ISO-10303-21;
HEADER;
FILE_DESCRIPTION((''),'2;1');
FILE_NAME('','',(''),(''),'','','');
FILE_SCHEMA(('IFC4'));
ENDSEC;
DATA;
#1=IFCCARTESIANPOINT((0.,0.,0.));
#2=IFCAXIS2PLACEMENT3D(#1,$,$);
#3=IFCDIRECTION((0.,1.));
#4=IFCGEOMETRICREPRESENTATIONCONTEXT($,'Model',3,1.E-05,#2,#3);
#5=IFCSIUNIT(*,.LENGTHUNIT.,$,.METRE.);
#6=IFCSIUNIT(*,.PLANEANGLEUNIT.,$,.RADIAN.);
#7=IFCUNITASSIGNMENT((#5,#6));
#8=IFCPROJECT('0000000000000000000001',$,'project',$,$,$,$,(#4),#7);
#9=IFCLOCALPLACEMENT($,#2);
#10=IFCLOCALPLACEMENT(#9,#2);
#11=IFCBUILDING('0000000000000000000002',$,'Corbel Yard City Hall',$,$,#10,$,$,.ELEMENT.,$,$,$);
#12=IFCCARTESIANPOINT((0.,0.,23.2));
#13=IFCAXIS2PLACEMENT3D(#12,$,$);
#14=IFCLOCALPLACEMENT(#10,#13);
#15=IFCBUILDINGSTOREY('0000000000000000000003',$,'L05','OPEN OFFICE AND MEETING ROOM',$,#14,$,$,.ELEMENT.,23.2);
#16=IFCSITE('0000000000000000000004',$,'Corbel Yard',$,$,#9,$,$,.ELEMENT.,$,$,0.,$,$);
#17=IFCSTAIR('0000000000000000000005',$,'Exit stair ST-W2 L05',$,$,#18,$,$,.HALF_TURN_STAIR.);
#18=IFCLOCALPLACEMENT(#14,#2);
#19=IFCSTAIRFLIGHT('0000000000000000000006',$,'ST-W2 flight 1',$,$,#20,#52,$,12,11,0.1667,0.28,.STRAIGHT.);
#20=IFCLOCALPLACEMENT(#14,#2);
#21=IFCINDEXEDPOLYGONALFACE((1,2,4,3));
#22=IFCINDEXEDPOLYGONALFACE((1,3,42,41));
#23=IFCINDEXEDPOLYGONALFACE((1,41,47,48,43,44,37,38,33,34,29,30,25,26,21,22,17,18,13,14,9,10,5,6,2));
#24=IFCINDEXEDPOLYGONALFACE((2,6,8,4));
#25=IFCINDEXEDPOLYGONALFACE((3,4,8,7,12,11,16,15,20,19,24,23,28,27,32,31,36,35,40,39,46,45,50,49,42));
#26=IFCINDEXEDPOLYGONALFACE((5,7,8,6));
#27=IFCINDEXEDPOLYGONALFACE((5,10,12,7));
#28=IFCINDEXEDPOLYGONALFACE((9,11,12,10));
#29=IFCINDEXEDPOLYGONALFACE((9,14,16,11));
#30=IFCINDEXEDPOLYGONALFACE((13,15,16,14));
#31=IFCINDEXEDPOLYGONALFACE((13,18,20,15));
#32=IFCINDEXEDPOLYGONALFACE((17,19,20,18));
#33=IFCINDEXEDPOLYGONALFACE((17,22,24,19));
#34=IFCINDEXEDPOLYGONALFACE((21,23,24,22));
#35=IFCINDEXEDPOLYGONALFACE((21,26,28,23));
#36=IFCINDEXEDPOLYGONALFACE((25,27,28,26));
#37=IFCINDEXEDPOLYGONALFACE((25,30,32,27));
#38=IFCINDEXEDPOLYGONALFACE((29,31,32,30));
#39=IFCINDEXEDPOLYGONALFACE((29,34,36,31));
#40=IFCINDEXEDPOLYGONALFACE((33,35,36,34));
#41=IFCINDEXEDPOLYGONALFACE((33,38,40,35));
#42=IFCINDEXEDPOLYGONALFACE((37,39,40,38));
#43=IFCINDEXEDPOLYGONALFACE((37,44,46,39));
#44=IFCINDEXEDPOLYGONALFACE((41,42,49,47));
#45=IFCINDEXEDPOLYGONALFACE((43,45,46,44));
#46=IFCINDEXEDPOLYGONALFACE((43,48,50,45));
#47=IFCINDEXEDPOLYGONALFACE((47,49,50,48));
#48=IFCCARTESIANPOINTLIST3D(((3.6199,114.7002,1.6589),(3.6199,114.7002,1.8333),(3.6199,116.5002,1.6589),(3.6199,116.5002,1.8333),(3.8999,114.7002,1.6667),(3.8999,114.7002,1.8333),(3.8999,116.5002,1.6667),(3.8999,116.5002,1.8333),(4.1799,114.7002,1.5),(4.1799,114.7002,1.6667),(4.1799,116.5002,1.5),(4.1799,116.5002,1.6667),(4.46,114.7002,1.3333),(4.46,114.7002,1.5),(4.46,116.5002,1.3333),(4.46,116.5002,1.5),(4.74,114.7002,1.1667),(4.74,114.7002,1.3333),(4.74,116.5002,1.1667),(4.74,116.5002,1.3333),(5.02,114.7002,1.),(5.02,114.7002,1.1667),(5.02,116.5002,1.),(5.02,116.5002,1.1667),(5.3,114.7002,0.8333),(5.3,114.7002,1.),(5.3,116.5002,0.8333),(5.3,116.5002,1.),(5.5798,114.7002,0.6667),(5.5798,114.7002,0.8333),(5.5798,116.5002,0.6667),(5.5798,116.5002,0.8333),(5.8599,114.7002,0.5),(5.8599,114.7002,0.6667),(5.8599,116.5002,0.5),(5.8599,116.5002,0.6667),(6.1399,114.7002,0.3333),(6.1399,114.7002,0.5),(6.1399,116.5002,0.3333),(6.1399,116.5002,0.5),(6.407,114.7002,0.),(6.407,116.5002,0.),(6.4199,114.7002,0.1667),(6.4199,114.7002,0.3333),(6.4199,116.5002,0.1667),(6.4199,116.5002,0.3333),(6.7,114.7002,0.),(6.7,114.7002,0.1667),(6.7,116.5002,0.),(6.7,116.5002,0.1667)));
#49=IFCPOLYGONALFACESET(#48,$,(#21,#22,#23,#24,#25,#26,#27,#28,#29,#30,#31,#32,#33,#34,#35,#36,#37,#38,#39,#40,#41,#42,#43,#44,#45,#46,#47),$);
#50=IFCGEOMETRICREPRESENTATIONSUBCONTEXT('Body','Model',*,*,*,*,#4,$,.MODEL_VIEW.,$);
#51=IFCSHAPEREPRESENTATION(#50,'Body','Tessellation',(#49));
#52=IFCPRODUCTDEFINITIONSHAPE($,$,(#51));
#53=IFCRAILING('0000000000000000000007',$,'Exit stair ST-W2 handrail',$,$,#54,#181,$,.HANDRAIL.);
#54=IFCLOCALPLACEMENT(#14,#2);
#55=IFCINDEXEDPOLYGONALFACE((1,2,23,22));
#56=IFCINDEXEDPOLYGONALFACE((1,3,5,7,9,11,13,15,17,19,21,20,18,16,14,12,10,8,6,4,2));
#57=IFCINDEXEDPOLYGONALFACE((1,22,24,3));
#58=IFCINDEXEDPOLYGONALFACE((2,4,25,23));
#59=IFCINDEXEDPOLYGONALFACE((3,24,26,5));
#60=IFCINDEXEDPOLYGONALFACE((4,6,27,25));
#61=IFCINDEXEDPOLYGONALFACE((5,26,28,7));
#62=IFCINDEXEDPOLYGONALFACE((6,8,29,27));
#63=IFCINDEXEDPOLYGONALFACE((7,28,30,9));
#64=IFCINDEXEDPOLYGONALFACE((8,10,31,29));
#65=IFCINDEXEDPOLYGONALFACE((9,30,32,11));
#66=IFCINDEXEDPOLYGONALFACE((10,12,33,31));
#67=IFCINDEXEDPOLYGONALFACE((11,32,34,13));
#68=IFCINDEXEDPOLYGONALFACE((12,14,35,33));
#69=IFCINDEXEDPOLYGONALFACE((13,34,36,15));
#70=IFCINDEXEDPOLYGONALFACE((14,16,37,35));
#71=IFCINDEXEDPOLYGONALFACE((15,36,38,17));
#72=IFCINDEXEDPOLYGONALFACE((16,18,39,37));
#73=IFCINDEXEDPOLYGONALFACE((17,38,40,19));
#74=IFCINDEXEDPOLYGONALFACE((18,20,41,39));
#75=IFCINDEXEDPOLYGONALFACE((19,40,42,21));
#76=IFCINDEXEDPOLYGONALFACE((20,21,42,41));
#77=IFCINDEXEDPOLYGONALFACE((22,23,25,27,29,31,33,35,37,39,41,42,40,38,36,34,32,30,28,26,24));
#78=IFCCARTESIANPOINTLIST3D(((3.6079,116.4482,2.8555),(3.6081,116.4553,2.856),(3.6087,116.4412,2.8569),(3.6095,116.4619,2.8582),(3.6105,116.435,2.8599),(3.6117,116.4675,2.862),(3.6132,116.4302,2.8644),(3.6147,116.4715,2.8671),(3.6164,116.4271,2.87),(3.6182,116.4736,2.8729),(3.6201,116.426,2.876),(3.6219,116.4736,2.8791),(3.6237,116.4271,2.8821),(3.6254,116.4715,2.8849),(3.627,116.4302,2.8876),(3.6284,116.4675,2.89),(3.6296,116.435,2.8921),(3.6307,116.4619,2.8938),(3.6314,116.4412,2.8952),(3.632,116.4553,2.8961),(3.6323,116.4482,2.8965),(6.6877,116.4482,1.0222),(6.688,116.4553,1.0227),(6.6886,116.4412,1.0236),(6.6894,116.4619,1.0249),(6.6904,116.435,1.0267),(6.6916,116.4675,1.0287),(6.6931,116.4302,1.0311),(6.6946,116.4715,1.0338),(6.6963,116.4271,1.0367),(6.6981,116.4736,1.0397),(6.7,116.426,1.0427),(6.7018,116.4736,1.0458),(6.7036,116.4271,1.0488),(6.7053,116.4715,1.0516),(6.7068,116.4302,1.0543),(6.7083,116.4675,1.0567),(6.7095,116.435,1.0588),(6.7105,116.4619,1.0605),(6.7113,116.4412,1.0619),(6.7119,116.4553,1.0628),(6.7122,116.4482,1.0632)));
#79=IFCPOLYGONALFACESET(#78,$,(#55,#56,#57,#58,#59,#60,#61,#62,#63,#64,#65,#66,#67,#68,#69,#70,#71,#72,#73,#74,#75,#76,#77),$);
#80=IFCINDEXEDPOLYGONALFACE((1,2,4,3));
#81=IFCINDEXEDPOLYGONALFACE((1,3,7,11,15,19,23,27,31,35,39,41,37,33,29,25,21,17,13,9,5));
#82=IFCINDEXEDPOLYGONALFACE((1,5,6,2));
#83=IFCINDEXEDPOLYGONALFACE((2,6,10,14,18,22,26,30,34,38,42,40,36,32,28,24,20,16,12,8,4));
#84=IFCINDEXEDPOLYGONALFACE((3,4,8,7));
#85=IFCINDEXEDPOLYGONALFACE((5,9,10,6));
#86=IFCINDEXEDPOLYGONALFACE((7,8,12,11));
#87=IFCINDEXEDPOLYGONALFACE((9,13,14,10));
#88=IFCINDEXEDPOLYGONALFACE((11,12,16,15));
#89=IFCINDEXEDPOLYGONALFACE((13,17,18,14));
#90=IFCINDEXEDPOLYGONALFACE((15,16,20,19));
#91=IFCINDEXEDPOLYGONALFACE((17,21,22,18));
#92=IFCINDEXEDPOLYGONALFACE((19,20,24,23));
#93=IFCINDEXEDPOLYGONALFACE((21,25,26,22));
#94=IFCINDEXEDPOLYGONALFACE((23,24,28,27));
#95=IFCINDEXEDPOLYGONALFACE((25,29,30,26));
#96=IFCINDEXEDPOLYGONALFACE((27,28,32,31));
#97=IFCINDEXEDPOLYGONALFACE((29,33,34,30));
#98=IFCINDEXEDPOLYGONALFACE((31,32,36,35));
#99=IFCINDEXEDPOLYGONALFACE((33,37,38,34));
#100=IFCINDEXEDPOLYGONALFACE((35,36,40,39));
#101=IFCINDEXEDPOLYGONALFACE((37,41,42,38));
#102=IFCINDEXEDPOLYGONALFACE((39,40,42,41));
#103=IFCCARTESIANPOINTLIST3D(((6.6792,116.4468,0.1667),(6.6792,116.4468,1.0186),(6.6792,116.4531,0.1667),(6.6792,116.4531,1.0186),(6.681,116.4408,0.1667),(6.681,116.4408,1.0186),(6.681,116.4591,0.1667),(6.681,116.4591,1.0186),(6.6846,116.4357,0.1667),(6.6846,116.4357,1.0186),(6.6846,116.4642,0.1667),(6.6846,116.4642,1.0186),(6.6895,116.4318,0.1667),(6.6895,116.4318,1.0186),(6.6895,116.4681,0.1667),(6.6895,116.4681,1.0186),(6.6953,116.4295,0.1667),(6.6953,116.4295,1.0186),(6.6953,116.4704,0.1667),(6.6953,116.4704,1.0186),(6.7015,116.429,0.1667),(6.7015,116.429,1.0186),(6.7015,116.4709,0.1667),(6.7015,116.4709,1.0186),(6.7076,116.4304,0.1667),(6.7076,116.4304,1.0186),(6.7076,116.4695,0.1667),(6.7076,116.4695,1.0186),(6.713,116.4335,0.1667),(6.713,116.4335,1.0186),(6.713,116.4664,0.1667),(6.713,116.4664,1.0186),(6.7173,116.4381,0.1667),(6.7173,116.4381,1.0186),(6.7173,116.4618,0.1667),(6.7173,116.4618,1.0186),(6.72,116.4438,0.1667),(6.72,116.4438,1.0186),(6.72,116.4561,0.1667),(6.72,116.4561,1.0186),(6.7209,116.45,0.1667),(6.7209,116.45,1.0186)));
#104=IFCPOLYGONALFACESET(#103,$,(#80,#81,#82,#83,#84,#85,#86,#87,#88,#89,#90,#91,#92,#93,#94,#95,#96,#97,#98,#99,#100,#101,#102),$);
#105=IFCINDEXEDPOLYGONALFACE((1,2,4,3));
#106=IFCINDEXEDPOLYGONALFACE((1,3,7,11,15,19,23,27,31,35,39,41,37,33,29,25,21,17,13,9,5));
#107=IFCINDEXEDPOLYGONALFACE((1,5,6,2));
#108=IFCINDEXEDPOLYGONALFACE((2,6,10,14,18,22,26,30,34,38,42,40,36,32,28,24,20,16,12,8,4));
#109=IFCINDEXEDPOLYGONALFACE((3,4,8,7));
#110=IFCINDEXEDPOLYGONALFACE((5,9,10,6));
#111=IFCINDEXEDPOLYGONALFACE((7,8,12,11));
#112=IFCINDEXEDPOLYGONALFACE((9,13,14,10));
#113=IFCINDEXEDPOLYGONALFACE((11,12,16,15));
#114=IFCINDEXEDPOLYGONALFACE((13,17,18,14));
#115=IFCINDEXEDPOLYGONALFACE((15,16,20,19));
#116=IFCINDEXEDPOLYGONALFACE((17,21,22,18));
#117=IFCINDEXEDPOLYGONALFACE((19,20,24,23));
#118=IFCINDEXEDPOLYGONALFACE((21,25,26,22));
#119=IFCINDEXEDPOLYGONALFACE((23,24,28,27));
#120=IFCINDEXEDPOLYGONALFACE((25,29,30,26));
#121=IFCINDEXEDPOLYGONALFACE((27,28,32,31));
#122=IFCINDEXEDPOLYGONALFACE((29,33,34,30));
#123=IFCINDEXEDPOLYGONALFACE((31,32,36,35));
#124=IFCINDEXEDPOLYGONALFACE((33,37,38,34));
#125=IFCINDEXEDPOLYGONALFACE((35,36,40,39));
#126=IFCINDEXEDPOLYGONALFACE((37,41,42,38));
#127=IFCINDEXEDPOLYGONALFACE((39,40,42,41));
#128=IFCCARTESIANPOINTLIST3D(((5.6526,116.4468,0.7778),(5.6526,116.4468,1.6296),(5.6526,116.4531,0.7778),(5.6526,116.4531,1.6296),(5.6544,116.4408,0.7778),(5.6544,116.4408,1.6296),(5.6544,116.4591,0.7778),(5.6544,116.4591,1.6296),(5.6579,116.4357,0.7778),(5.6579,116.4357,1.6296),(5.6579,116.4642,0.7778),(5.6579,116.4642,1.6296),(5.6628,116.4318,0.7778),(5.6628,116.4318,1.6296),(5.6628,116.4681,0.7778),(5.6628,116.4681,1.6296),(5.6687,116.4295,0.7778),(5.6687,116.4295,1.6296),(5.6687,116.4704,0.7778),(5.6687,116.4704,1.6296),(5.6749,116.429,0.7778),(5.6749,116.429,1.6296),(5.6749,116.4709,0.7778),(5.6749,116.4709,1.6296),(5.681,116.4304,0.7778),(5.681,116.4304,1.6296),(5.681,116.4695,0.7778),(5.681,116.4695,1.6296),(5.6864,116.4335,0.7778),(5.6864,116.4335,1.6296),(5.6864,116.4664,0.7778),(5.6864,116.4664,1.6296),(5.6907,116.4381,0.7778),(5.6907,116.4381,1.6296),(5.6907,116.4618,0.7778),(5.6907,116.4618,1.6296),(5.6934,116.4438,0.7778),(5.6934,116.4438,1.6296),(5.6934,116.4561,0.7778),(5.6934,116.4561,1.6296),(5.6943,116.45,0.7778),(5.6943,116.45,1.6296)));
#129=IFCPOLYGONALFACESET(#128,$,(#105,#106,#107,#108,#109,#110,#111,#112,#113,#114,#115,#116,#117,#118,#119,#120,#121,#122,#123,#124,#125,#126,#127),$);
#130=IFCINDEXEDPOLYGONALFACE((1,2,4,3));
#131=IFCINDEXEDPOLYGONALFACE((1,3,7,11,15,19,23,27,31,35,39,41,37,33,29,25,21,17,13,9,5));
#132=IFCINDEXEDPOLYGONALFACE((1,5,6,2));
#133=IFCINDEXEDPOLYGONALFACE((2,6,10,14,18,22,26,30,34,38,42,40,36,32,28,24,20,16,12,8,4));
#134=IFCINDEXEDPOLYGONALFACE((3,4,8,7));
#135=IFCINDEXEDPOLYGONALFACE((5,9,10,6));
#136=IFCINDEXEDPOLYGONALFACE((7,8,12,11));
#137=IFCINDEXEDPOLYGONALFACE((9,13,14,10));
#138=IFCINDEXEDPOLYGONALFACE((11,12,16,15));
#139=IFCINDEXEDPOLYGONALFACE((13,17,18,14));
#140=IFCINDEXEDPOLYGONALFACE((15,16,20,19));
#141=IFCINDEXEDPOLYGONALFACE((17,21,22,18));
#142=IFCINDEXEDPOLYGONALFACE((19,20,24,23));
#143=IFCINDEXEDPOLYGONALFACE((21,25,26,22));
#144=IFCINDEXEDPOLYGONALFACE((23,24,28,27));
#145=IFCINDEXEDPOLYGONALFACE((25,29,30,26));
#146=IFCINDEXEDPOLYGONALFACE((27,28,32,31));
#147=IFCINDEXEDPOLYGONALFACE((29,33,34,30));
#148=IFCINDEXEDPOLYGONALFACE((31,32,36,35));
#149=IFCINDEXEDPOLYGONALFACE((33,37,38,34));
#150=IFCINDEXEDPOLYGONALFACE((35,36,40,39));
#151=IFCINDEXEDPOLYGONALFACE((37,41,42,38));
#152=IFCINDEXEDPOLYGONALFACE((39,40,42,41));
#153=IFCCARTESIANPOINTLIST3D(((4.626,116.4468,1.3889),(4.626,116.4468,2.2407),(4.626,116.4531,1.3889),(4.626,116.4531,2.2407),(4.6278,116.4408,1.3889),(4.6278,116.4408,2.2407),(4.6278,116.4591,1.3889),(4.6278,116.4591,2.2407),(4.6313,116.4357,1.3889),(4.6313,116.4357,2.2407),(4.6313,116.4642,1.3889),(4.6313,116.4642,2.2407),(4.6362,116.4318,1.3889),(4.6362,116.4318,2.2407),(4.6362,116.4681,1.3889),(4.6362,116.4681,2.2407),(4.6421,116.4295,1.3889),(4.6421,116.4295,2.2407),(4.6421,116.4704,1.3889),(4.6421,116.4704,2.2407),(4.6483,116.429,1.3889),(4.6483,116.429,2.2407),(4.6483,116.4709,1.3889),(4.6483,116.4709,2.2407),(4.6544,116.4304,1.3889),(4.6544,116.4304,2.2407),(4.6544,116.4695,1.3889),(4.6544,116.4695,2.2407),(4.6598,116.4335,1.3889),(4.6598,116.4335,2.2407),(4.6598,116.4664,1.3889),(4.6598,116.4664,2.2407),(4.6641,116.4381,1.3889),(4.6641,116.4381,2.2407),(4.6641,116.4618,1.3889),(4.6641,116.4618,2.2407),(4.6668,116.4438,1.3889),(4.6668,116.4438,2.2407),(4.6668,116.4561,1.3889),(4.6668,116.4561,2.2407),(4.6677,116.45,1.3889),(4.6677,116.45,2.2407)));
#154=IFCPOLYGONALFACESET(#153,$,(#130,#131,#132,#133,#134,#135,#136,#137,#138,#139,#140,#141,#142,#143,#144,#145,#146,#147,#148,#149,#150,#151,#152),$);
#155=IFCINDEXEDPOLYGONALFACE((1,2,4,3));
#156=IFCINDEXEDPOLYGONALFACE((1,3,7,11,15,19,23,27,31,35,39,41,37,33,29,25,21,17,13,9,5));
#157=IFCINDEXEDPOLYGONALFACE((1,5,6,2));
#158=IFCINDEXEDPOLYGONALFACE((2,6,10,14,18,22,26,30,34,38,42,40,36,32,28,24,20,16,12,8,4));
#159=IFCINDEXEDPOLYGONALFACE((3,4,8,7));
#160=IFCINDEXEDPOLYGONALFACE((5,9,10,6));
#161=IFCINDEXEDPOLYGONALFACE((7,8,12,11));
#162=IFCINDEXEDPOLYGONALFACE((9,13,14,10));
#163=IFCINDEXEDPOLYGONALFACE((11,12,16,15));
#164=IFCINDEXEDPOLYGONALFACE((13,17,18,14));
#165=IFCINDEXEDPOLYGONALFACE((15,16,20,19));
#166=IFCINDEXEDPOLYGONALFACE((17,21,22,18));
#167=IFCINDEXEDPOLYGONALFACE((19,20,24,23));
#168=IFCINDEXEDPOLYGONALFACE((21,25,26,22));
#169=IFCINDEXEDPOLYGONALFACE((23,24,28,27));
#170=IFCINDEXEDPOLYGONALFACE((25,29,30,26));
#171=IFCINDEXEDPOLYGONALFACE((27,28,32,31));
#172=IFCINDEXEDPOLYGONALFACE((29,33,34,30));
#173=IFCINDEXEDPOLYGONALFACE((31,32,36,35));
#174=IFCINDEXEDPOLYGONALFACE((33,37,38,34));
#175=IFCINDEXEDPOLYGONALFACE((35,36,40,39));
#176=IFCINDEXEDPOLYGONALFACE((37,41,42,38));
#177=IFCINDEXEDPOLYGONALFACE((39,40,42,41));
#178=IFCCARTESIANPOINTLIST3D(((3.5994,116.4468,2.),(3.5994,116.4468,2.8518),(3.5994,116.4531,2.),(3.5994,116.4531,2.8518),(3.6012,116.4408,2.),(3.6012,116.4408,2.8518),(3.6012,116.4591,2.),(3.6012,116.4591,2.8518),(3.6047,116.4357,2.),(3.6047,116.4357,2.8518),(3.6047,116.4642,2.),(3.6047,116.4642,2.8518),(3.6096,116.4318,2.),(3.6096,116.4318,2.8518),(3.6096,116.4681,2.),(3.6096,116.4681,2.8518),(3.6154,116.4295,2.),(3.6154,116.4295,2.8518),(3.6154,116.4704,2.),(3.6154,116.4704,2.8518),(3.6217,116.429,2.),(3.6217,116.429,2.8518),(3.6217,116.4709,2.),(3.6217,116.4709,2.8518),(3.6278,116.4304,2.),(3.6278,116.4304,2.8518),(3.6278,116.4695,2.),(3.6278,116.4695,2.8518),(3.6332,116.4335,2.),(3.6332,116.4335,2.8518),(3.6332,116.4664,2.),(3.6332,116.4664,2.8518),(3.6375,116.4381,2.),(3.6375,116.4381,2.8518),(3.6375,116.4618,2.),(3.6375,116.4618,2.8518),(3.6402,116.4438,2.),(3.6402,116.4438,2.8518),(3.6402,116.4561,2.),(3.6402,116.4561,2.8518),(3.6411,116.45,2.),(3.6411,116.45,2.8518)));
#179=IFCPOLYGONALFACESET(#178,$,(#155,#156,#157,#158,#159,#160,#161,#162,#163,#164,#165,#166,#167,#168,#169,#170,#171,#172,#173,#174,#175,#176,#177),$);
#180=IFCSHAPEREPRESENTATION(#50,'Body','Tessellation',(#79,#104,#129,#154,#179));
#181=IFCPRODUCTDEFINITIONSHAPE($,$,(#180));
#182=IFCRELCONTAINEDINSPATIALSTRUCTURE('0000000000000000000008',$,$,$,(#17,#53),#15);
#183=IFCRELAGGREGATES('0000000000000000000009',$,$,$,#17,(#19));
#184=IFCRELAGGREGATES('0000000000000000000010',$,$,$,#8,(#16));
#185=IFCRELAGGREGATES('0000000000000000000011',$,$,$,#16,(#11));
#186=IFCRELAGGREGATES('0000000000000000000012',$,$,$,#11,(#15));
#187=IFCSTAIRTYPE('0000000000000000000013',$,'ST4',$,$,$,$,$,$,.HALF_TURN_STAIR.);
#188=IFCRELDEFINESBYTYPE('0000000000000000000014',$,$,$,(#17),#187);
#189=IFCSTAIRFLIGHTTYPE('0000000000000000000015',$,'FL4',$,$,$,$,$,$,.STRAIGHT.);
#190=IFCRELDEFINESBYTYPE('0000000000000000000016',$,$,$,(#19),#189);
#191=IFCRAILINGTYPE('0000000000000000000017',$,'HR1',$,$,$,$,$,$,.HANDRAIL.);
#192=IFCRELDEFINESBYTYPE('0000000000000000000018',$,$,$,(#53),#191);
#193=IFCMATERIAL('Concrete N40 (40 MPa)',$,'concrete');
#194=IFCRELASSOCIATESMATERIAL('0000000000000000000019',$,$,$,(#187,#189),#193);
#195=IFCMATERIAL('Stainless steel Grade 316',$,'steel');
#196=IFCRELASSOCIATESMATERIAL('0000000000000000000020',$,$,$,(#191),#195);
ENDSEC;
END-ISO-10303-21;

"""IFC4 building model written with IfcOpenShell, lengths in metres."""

from ifc_helpers import new_model, si_unit, direction, frame, origin, origin_2d, place, context, subcontext, project, spatial, polyline, circle, outline, extrude, material, type_object, element, aggregate, save


model = new_model("IFC4")

# Units and contexts
model_context = context("Model", 3, precision=1e-05, world=origin(), true_north=direction((0.0, 1.0)))
body_context = subcontext(model_context, "Body", "Model", "MODEL_VIEW")
ifc_project = project(units=[si_unit("LENGTHUNIT", "METRE"), si_unit("PLANEANGLEUNIT", "RADIAN")], contexts=[model_context])

# Site, building, storey
site_placement = place(None, origin())
site = spatial("IfcSite", under=ifc_project, at=site_placement, Name="Corbel Yard", CompositionType="ELEMENT", RefElevation=0.0)
building_placement = place(site_placement, origin())
building = spatial("IfcBuilding", under=site, at=building_placement, Name="Corbel Yard City Hall", CompositionType="ELEMENT")
storey_placement = place(building_placement, frame((0.0, 0.0, 23.2)))
storey = spatial("IfcBuildingStorey", under=building, at=storey_placement, Name="L05", Description="OPEN OFFICE AND MEETING ROOM", CompositionType="ELEMENT", Elevation=23.2)

# Stair, stair flight
ifc_material_1 = material(Name="Concrete N40 (40 MPa)", Category="concrete")
stair_type = type_object("IfcStairType", Name="ST4", PredefinedType="HALF_TURN_STAIR", material=ifc_material_1)
stair_placement = place(storey_placement, origin())
stair = element("IfcStair", 1, at=stair_placement, inside=storey, type_object=stair_type, Name="Exit stair ST-W2 L05", PredefinedType="HALF_TURN_STAIR")
stair_flight_type = type_object("IfcStairFlightType", Name="FL4", PredefinedType="STRAIGHT", material=ifc_material_1)
stair_flight_placement = place(storey_placement, frame((6.7, 115.6001, 0.0), z_axis=(0.0, 0.0, 1.0), x_axis=(-1.0, 0.0, 0.0)))
stair_flight = element("IfcStairFlight", 2, at=stair_flight_placement, type_object=stair_flight_type, Name="ST-W2 flight 1", NumberOfRisers=12, NumberOfTreads=11, PredefinedType="STRAIGHT", RiserHeight=0.1667, TreadLength=0.28, context=body_context, shape_type="SweptSolid", body=[
    extrude(outline(polyline([(0.0, 0.0), (0.0, 0.1667), (0.28, 0.1667), (0.28, 0.3333), (0.5601, 0.3333), (0.5601, 0.5), (0.8401, 0.5), (0.8401, 0.6667), (1.1201, 0.6667), (1.1201, 0.8333), (1.3999, 0.8333), (1.3999, 1.0), (1.6799, 1.0), (1.6799, 1.1667), (1.96, 1.1667), (1.96, 1.3333), (2.24, 1.3333), (2.24, 1.5), (2.52, 1.5), (2.52, 1.6667), (2.8, 1.6667), (2.8, 1.8333), (3.0801, 1.8333), (3.0801, 2.0), (3.0801, 1.6589), (0.293, 0.0), (0.0, 0.0)])), frame((0.0, 0.8999, 0.0), z_axis=(0.0, -1.0, 0.0), x_axis=(1.0, 0.0, 0.0)), (0.0, 0.0, 1.0), 1.8),
])
aggregate(stair, [stair_flight])

# Railing
ifc_material_2 = material(Name="Stainless steel Grade 316", Category="steel")
railing_type = type_object("IfcRailingType", Name="HR1", PredefinedType="HANDRAIL", material=ifc_material_2)
for number, where, name in (
    (3, (6.7, 116.45, 0.1667), "Exit stair ST-W2 handrail"),
):
    element("IfcRailing", number, at=place(storey_placement, frame(where)), inside=storey, type_object=railing_type, Name=name, PredefinedType="HANDRAIL", context=body_context, shape_type="SweptSolid", body=[
        extrude(circle(Radius=0.0239, at=origin_2d()), frame((0.0, 0.0, 0.876), z_axis=(-0.859291, 0.0, 0.511487), x_axis=(0.0, -1.0, 0.0)), (0.0, 0.0, 1.0), 3.5842),
        extrude(circle(Radius=0.021, at=origin_2d()), origin(), (0.0, 0.0, 1.0), 0.8518),
        extrude(circle(Radius=0.021, at=origin_2d()), frame((-1.0266, 0.0, 0.6111)), (0.0, 0.0, 1.0), 0.8518),
        extrude(circle(Radius=0.021, at=origin_2d()), frame((-2.0532, 0.0, 1.2222)), (0.0, 0.0, 1.0), 0.8518),
        extrude(circle(Radius=0.021, at=origin_2d()), frame((-3.0798, 0.0, 1.8333)), (0.0, 0.0, 1.0), 0.8518),
    ])

save(model, "model.ifc")
